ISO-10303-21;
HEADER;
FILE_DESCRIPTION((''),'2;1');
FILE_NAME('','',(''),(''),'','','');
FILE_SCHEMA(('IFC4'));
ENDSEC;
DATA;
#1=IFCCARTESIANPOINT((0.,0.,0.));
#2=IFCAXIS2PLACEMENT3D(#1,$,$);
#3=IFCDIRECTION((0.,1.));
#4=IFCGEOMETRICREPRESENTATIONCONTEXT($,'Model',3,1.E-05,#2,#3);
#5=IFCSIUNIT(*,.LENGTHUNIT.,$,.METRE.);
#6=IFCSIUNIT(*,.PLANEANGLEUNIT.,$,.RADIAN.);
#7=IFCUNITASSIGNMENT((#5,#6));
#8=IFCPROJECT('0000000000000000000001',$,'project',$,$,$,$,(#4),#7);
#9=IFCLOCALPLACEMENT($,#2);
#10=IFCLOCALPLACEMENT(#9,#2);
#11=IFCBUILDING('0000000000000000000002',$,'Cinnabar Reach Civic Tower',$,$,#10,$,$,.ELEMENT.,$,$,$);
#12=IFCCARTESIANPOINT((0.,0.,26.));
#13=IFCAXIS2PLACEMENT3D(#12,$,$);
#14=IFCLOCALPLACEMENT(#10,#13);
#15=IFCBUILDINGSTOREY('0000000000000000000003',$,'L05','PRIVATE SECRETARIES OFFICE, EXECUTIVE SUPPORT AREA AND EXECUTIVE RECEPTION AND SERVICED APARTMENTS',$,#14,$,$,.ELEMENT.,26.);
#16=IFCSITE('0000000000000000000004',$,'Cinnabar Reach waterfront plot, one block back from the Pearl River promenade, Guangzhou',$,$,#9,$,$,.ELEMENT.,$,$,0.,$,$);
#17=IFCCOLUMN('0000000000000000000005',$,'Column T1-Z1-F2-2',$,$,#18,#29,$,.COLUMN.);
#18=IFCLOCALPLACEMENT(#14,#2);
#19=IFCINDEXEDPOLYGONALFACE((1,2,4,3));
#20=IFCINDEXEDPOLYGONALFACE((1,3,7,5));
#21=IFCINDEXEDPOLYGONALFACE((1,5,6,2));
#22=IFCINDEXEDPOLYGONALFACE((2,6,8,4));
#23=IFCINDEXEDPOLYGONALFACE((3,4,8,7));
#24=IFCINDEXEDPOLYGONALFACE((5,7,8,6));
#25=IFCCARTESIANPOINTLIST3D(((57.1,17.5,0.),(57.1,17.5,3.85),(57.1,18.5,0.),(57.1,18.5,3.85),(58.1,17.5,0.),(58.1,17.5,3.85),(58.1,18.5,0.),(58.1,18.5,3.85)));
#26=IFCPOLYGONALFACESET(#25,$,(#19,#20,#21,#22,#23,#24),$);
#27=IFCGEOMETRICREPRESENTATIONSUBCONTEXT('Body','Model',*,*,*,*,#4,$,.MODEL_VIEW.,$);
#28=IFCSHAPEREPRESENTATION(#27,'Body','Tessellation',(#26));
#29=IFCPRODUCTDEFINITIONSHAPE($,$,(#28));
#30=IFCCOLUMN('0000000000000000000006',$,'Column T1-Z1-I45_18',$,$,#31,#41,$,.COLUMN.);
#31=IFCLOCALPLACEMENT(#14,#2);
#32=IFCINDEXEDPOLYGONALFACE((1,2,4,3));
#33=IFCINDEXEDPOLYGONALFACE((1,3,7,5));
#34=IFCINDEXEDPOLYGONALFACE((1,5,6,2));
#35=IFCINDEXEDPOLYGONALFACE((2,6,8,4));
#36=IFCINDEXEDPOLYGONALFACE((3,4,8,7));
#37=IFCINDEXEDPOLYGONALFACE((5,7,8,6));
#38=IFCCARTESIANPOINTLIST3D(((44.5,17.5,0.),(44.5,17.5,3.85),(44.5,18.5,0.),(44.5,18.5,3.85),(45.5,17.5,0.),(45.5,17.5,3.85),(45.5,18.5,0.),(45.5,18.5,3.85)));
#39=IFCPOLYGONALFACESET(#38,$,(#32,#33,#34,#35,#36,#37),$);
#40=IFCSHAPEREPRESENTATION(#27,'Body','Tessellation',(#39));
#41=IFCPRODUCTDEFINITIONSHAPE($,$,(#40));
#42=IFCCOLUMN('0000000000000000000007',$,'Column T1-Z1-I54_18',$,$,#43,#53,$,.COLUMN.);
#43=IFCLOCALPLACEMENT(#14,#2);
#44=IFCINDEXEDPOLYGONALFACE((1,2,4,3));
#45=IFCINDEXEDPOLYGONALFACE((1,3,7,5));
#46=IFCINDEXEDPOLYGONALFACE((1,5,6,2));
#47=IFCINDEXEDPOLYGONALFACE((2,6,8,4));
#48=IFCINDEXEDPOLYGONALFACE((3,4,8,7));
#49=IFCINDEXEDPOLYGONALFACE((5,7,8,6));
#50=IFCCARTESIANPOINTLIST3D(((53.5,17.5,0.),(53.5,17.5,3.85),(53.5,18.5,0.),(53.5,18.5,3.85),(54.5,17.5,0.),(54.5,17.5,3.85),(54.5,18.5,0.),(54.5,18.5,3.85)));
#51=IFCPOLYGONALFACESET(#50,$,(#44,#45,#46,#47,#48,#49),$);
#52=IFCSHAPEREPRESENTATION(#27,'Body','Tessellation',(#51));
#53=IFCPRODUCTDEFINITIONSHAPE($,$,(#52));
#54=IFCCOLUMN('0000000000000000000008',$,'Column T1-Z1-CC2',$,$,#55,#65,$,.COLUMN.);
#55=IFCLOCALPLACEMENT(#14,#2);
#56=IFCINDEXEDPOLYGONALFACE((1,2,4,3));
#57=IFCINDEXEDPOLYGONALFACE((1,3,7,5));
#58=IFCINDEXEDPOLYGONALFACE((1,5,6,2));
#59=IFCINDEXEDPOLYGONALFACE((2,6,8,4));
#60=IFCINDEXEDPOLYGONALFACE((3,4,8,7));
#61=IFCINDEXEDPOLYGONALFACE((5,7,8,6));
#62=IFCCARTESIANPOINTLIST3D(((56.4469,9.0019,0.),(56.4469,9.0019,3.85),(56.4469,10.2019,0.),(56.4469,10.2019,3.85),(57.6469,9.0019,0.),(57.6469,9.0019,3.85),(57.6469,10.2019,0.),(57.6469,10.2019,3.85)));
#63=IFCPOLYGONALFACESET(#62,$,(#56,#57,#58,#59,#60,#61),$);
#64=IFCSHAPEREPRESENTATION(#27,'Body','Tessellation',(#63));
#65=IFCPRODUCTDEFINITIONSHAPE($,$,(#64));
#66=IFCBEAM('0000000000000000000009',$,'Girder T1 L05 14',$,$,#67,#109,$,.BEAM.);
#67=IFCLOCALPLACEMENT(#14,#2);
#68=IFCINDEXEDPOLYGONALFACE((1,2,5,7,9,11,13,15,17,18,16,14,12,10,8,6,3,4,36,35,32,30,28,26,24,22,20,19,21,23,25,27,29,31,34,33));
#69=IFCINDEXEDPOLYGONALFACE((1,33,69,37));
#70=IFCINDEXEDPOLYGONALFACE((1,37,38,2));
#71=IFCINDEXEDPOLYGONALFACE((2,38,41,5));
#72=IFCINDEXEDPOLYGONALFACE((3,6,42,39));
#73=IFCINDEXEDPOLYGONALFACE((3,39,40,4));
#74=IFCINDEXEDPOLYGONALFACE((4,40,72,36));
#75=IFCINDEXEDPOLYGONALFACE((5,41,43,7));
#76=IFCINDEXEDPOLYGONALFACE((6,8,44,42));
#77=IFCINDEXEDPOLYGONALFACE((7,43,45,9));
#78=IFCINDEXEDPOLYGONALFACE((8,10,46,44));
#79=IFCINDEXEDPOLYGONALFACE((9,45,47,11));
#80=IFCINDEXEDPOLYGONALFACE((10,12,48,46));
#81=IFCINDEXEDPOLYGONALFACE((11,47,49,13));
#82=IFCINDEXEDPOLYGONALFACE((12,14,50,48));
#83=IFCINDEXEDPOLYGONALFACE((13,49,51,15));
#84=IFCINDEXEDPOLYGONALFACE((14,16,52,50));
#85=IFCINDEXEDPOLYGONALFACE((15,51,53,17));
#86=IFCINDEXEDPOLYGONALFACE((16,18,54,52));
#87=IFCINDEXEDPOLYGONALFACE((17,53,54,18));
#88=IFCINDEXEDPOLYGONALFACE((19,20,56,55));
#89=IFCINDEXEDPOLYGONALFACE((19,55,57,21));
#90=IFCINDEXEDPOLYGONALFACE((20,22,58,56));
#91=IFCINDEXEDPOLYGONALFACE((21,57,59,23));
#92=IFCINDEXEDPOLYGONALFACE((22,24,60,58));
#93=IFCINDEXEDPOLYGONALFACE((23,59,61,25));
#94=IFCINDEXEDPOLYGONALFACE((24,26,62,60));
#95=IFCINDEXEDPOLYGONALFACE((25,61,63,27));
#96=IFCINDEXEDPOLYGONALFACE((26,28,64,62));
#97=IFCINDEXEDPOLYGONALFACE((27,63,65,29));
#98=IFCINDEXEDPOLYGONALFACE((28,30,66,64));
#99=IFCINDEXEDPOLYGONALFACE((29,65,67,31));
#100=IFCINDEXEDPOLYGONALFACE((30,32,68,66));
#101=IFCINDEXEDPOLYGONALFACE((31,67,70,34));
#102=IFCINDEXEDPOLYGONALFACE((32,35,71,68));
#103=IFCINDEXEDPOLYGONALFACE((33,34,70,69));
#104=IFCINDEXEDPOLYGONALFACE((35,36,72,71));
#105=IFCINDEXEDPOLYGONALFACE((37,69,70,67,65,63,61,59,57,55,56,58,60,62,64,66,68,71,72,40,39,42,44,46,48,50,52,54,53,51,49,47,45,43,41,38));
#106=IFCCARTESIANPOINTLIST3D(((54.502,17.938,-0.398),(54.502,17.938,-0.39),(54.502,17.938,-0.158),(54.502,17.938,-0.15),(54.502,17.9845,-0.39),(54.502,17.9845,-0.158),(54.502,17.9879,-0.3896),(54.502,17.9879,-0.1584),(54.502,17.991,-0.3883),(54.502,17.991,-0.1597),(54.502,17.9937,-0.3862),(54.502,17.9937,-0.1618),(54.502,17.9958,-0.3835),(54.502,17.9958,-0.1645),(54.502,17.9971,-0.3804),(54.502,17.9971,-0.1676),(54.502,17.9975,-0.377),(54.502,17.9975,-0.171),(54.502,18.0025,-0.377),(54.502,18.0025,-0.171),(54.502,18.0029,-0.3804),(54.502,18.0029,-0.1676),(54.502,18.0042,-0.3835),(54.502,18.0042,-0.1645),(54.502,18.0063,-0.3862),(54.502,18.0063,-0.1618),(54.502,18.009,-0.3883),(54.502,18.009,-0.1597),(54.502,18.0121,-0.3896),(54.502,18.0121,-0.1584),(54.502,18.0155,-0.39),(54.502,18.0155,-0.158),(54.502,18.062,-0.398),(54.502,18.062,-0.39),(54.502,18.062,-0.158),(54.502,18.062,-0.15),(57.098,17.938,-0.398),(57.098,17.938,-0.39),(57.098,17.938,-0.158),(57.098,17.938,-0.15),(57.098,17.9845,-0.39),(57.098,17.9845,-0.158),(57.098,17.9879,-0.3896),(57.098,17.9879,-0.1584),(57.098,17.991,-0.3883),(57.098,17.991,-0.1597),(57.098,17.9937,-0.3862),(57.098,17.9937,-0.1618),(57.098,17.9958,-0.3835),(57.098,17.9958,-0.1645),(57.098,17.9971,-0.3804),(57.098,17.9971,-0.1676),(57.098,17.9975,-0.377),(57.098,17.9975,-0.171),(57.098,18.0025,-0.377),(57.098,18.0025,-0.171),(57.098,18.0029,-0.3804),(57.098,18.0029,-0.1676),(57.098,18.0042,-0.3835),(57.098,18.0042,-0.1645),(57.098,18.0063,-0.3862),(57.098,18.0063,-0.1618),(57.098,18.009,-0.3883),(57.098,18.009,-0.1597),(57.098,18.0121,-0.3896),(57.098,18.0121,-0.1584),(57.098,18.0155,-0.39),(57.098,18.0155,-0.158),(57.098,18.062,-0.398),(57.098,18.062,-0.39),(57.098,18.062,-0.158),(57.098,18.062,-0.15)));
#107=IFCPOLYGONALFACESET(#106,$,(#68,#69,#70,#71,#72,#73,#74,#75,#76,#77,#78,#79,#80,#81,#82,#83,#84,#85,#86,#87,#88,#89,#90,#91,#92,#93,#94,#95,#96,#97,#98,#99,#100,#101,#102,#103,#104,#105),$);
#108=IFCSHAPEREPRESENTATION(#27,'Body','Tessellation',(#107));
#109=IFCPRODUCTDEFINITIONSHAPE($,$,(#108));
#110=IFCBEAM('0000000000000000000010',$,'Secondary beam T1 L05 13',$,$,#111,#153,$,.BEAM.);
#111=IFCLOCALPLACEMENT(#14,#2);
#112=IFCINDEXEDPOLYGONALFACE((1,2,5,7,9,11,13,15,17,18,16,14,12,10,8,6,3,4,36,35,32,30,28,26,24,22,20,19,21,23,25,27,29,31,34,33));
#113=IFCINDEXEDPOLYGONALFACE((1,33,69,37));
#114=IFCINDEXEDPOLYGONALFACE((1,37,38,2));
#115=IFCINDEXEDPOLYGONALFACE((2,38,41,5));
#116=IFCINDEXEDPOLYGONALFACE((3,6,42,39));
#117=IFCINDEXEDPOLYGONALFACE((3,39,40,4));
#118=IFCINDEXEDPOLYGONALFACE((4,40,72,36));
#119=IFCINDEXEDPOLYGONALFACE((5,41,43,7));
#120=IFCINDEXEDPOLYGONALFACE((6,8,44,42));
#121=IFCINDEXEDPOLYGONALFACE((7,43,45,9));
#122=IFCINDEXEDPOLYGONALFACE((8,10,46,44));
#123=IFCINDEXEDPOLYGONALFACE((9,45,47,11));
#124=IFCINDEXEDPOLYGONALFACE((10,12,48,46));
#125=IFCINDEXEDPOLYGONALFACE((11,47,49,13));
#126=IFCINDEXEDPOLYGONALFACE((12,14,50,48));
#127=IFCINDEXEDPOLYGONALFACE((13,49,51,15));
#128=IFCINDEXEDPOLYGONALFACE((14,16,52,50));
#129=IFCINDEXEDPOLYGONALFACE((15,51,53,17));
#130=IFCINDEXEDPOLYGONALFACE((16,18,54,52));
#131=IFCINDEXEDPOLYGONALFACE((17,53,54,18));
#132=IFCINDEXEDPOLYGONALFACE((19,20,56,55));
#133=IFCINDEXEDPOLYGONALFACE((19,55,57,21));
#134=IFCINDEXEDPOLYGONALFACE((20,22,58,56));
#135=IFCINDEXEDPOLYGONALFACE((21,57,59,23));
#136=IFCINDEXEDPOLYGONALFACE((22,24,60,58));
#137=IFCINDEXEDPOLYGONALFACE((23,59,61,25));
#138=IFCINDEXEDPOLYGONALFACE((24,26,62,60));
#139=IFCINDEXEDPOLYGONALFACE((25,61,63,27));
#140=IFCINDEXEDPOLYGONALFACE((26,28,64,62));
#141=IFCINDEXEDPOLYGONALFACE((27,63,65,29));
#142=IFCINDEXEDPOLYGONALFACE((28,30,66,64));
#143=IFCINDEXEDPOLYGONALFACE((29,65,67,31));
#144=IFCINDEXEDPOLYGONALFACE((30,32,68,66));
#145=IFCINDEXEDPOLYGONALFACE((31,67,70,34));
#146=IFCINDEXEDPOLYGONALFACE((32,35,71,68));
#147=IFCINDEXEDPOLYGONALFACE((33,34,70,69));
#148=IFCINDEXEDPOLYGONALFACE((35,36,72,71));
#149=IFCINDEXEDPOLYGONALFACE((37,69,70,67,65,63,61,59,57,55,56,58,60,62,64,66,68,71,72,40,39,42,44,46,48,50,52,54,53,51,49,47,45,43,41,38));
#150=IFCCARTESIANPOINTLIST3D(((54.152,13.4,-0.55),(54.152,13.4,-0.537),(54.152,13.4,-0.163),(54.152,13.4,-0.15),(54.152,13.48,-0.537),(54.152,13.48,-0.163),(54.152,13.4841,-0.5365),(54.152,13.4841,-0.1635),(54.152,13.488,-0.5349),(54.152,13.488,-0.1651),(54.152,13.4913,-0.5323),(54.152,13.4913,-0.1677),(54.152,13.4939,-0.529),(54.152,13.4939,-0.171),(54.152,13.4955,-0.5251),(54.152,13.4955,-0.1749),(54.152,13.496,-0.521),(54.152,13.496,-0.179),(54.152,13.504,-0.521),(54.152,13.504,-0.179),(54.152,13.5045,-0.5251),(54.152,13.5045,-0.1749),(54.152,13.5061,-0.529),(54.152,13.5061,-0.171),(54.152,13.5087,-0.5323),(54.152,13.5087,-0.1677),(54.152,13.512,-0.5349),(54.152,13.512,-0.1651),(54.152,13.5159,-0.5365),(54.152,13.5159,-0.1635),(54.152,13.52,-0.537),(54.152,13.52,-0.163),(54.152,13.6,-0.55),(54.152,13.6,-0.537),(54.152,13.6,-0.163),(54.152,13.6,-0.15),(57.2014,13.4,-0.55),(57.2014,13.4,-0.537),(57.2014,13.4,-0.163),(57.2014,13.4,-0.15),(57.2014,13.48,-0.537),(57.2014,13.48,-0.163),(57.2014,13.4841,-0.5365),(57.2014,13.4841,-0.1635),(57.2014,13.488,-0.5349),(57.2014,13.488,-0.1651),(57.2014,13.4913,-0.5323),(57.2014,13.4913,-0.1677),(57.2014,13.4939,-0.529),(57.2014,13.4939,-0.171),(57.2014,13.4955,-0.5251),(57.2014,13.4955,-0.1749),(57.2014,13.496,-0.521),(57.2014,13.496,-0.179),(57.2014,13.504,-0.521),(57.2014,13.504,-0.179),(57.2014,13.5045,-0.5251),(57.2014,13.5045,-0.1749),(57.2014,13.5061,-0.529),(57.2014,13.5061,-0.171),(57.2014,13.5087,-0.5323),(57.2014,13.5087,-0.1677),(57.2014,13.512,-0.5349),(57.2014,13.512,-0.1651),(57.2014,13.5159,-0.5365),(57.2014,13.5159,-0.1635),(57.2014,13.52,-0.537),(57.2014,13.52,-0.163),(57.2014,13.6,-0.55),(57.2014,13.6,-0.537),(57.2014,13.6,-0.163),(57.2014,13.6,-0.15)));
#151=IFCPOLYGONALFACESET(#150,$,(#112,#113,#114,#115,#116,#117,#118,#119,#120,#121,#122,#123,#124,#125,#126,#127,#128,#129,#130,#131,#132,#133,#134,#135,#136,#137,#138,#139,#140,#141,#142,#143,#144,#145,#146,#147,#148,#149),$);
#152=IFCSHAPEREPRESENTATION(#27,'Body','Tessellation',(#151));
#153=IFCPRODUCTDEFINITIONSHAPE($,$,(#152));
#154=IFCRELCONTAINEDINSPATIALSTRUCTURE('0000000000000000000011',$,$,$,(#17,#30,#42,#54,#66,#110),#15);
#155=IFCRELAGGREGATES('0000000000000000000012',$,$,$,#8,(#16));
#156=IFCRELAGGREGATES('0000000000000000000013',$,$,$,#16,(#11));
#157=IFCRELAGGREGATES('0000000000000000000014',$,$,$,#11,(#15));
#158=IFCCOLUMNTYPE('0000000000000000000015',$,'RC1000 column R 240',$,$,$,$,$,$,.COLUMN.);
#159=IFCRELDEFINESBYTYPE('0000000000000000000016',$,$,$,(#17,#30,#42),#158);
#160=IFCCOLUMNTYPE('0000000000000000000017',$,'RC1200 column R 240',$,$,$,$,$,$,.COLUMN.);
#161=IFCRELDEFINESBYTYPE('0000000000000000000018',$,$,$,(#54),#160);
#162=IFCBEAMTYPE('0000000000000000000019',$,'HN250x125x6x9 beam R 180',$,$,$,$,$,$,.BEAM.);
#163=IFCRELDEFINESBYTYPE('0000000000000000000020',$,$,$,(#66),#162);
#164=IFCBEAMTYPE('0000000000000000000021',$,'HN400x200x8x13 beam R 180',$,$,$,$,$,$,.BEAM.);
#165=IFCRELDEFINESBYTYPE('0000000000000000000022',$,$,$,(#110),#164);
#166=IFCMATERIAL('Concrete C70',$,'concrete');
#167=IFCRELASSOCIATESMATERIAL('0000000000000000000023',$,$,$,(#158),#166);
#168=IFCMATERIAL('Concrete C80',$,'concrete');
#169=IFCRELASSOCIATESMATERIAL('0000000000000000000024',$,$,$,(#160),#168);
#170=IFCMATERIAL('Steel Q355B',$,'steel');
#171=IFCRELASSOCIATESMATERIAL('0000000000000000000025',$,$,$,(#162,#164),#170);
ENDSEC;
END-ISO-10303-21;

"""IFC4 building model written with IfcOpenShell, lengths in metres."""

from ifc_helpers import new_model, si_unit, direction, frame, origin, origin_2d, place, context, subcontext, project, spatial, rectangle, i_section, extrude, material, material_profile, profile_set, type_object, element, save


model = new_model("IFC4")

# Units and contexts
model_context = context("Model", 3, precision=1e-05, world=origin(), true_north=direction((0.0, 1.0)))
body_context = subcontext(model_context, "Body", "Model", "MODEL_VIEW")
ifc_project = project(units=[si_unit("LENGTHUNIT", "METRE"), si_unit("PLANEANGLEUNIT", "RADIAN")], contexts=[model_context])

# Site, building, storey
site_placement = place(None, origin())
site = spatial("IfcSite", under=ifc_project, at=site_placement, Name="Cinnabar Reach waterfront plot, one block back from the Pearl River promenade, Guangzhou", CompositionType="ELEMENT", RefElevation=0.0)
building_placement = place(site_placement, origin())
building = spatial("IfcBuilding", under=site, at=building_placement, Name="Cinnabar Reach Civic Tower", CompositionType="ELEMENT")
storey_placement = place(building_placement, frame((0.0, 0.0, 26.0)))
storey = spatial("IfcBuildingStorey", under=building, at=storey_placement, Name="L05", Description="PRIVATE SECRETARIES OFFICE, EXECUTIVE SUPPORT AREA AND EXECUTIVE RECEPTION AND SERVICED APARTMENTS", CompositionType="ELEMENT", Elevation=26.0)

# Columns
ifc_material_1 = material(Name="Concrete C70", Category="concrete")
ifc_material_profile_1 = material_profile(ifc_material_1, rectangle(XDim=1.0, YDim=1.0, at=origin_2d()), Name="RC1000")
ifc_profile_set_1 = profile_set([ifc_material_profile_1], Name="Concrete C70")
column_type_1 = type_object("IfcColumnType", Name="RC1000 column R 240", PredefinedType="COLUMN", material=ifc_profile_set_1)
for number, where, z_axis, x_axis, name in (
    (1, (57.6, 18.0, 0.0), (0.0, 0.0, 1.0), (1.0, 0.0, 0.0), "Column T1-Z1-F2-2"),
    (2, (45.0, 18.0, 0.0), (0.0, 0.0, 1.0), (1.0, 0.0, 0.0), "Column T1-Z1-I45_18"),
    (3, (54.0, 18.0, 0.0), (0.0, 0.0, 1.0), (1.0, 0.0, 0.0), "Column T1-Z1-I54_18"),
):
    element("IfcColumn", number, at=place(storey_placement, frame(where, z_axis=z_axis, x_axis=x_axis)), inside=storey, type_object=column_type_1, Name=name, PredefinedType="COLUMN", context=body_context, shape_type="SweptSolid", body=[
        extrude(rectangle(XDim=1.0, YDim=1.0, at=origin_2d()), origin(), (0.0, 0.0, 1.0), 3.85),
    ])
ifc_material_2 = material(Name="Concrete C80", Category="concrete")
ifc_material_profile_2 = material_profile(ifc_material_2, rectangle(XDim=1.2, YDim=1.2, at=origin_2d()), Name="RC1200")
ifc_profile_set_2 = profile_set([ifc_material_profile_2], Name="Concrete C80")
column_type_2 = type_object("IfcColumnType", Name="RC1200 column R 240", PredefinedType="COLUMN", material=ifc_profile_set_2)
column_placement = place(storey_placement, frame((57.0469, 9.6019, 0.0), z_axis=(0.0, 0.0, 1.0), x_axis=(1.0, 0.0, 0.0)))
element("IfcColumn", 4, at=column_placement, inside=storey, type_object=column_type_2, Name="Column T1-Z1-CC2", PredefinedType="COLUMN", context=body_context, shape_type="SweptSolid", body=[
    extrude(rectangle(XDim=1.2, YDim=1.2, at=origin_2d()), origin(), (0.0, 0.0, 1.0), 3.85),
])

# Beams
ifc_material_3 = material(Name="Steel Q355B", Category="steel")
ifc_material_profile_3 = material_profile(ifc_material_3, i_section(OverallWidth=0.124, OverallDepth=0.248, WebThickness=0.005, FlangeThickness=0.008, FilletRadius=0.013, at=origin_2d()), Name="HN250x125x6x9")
ifc_profile_set_3 = profile_set([ifc_material_profile_3], Name="Steel Q355B")
beam_type_1 = type_object("IfcBeamType", Name="HN250x125x6x9 beam R 180", PredefinedType="BEAM", material=ifc_profile_set_3)
beam_1_placement = place(storey_placement, frame((54.502, 18.0, -0.274), z_axis=(1.0, 0.0, 0.0), x_axis=(0.0, 1.0, 0.0)))
element("IfcBeam", 5, at=beam_1_placement, inside=storey, type_object=beam_type_1, Name="Girder T1 L05 14", PredefinedType="BEAM", context=body_context, shape_type="SweptSolid", body=[
    extrude(i_section(OverallWidth=0.124, OverallDepth=0.248, WebThickness=0.005, FlangeThickness=0.008, FilletRadius=0.013, at=origin_2d()), origin(), (0.0, 0.0, 1.0), 2.596),
])
ifc_material_profile_4 = material_profile(ifc_material_3, i_section(OverallWidth=0.2, OverallDepth=0.4, WebThickness=0.008, FlangeThickness=0.013, FilletRadius=0.016, at=origin_2d()), Name="HN400x200x8x13")
ifc_profile_set_4 = profile_set([ifc_material_profile_4], Name="Steel Q355B")
beam_type_2 = type_object("IfcBeamType", Name="HN400x200x8x13 beam R 180", PredefinedType="BEAM", material=ifc_profile_set_4)
beam_2_placement = place(storey_placement, frame((54.152, 13.5, -0.35), z_axis=(1.0, 0.0, 0.0), x_axis=(0.0, 1.0, 0.0)))
element("IfcBeam", 6, at=beam_2_placement, inside=storey, type_object=beam_type_2, Name="Secondary beam T1 L05 13", PredefinedType="BEAM", context=body_context, shape_type="SweptSolid", body=[
    extrude(i_section(OverallWidth=0.2, OverallDepth=0.4, WebThickness=0.008, FlangeThickness=0.013, FilletRadius=0.016, at=origin_2d()), origin(), (0.0, 0.0, 1.0), 3.0494),
])

save(model, "model.ifc")
